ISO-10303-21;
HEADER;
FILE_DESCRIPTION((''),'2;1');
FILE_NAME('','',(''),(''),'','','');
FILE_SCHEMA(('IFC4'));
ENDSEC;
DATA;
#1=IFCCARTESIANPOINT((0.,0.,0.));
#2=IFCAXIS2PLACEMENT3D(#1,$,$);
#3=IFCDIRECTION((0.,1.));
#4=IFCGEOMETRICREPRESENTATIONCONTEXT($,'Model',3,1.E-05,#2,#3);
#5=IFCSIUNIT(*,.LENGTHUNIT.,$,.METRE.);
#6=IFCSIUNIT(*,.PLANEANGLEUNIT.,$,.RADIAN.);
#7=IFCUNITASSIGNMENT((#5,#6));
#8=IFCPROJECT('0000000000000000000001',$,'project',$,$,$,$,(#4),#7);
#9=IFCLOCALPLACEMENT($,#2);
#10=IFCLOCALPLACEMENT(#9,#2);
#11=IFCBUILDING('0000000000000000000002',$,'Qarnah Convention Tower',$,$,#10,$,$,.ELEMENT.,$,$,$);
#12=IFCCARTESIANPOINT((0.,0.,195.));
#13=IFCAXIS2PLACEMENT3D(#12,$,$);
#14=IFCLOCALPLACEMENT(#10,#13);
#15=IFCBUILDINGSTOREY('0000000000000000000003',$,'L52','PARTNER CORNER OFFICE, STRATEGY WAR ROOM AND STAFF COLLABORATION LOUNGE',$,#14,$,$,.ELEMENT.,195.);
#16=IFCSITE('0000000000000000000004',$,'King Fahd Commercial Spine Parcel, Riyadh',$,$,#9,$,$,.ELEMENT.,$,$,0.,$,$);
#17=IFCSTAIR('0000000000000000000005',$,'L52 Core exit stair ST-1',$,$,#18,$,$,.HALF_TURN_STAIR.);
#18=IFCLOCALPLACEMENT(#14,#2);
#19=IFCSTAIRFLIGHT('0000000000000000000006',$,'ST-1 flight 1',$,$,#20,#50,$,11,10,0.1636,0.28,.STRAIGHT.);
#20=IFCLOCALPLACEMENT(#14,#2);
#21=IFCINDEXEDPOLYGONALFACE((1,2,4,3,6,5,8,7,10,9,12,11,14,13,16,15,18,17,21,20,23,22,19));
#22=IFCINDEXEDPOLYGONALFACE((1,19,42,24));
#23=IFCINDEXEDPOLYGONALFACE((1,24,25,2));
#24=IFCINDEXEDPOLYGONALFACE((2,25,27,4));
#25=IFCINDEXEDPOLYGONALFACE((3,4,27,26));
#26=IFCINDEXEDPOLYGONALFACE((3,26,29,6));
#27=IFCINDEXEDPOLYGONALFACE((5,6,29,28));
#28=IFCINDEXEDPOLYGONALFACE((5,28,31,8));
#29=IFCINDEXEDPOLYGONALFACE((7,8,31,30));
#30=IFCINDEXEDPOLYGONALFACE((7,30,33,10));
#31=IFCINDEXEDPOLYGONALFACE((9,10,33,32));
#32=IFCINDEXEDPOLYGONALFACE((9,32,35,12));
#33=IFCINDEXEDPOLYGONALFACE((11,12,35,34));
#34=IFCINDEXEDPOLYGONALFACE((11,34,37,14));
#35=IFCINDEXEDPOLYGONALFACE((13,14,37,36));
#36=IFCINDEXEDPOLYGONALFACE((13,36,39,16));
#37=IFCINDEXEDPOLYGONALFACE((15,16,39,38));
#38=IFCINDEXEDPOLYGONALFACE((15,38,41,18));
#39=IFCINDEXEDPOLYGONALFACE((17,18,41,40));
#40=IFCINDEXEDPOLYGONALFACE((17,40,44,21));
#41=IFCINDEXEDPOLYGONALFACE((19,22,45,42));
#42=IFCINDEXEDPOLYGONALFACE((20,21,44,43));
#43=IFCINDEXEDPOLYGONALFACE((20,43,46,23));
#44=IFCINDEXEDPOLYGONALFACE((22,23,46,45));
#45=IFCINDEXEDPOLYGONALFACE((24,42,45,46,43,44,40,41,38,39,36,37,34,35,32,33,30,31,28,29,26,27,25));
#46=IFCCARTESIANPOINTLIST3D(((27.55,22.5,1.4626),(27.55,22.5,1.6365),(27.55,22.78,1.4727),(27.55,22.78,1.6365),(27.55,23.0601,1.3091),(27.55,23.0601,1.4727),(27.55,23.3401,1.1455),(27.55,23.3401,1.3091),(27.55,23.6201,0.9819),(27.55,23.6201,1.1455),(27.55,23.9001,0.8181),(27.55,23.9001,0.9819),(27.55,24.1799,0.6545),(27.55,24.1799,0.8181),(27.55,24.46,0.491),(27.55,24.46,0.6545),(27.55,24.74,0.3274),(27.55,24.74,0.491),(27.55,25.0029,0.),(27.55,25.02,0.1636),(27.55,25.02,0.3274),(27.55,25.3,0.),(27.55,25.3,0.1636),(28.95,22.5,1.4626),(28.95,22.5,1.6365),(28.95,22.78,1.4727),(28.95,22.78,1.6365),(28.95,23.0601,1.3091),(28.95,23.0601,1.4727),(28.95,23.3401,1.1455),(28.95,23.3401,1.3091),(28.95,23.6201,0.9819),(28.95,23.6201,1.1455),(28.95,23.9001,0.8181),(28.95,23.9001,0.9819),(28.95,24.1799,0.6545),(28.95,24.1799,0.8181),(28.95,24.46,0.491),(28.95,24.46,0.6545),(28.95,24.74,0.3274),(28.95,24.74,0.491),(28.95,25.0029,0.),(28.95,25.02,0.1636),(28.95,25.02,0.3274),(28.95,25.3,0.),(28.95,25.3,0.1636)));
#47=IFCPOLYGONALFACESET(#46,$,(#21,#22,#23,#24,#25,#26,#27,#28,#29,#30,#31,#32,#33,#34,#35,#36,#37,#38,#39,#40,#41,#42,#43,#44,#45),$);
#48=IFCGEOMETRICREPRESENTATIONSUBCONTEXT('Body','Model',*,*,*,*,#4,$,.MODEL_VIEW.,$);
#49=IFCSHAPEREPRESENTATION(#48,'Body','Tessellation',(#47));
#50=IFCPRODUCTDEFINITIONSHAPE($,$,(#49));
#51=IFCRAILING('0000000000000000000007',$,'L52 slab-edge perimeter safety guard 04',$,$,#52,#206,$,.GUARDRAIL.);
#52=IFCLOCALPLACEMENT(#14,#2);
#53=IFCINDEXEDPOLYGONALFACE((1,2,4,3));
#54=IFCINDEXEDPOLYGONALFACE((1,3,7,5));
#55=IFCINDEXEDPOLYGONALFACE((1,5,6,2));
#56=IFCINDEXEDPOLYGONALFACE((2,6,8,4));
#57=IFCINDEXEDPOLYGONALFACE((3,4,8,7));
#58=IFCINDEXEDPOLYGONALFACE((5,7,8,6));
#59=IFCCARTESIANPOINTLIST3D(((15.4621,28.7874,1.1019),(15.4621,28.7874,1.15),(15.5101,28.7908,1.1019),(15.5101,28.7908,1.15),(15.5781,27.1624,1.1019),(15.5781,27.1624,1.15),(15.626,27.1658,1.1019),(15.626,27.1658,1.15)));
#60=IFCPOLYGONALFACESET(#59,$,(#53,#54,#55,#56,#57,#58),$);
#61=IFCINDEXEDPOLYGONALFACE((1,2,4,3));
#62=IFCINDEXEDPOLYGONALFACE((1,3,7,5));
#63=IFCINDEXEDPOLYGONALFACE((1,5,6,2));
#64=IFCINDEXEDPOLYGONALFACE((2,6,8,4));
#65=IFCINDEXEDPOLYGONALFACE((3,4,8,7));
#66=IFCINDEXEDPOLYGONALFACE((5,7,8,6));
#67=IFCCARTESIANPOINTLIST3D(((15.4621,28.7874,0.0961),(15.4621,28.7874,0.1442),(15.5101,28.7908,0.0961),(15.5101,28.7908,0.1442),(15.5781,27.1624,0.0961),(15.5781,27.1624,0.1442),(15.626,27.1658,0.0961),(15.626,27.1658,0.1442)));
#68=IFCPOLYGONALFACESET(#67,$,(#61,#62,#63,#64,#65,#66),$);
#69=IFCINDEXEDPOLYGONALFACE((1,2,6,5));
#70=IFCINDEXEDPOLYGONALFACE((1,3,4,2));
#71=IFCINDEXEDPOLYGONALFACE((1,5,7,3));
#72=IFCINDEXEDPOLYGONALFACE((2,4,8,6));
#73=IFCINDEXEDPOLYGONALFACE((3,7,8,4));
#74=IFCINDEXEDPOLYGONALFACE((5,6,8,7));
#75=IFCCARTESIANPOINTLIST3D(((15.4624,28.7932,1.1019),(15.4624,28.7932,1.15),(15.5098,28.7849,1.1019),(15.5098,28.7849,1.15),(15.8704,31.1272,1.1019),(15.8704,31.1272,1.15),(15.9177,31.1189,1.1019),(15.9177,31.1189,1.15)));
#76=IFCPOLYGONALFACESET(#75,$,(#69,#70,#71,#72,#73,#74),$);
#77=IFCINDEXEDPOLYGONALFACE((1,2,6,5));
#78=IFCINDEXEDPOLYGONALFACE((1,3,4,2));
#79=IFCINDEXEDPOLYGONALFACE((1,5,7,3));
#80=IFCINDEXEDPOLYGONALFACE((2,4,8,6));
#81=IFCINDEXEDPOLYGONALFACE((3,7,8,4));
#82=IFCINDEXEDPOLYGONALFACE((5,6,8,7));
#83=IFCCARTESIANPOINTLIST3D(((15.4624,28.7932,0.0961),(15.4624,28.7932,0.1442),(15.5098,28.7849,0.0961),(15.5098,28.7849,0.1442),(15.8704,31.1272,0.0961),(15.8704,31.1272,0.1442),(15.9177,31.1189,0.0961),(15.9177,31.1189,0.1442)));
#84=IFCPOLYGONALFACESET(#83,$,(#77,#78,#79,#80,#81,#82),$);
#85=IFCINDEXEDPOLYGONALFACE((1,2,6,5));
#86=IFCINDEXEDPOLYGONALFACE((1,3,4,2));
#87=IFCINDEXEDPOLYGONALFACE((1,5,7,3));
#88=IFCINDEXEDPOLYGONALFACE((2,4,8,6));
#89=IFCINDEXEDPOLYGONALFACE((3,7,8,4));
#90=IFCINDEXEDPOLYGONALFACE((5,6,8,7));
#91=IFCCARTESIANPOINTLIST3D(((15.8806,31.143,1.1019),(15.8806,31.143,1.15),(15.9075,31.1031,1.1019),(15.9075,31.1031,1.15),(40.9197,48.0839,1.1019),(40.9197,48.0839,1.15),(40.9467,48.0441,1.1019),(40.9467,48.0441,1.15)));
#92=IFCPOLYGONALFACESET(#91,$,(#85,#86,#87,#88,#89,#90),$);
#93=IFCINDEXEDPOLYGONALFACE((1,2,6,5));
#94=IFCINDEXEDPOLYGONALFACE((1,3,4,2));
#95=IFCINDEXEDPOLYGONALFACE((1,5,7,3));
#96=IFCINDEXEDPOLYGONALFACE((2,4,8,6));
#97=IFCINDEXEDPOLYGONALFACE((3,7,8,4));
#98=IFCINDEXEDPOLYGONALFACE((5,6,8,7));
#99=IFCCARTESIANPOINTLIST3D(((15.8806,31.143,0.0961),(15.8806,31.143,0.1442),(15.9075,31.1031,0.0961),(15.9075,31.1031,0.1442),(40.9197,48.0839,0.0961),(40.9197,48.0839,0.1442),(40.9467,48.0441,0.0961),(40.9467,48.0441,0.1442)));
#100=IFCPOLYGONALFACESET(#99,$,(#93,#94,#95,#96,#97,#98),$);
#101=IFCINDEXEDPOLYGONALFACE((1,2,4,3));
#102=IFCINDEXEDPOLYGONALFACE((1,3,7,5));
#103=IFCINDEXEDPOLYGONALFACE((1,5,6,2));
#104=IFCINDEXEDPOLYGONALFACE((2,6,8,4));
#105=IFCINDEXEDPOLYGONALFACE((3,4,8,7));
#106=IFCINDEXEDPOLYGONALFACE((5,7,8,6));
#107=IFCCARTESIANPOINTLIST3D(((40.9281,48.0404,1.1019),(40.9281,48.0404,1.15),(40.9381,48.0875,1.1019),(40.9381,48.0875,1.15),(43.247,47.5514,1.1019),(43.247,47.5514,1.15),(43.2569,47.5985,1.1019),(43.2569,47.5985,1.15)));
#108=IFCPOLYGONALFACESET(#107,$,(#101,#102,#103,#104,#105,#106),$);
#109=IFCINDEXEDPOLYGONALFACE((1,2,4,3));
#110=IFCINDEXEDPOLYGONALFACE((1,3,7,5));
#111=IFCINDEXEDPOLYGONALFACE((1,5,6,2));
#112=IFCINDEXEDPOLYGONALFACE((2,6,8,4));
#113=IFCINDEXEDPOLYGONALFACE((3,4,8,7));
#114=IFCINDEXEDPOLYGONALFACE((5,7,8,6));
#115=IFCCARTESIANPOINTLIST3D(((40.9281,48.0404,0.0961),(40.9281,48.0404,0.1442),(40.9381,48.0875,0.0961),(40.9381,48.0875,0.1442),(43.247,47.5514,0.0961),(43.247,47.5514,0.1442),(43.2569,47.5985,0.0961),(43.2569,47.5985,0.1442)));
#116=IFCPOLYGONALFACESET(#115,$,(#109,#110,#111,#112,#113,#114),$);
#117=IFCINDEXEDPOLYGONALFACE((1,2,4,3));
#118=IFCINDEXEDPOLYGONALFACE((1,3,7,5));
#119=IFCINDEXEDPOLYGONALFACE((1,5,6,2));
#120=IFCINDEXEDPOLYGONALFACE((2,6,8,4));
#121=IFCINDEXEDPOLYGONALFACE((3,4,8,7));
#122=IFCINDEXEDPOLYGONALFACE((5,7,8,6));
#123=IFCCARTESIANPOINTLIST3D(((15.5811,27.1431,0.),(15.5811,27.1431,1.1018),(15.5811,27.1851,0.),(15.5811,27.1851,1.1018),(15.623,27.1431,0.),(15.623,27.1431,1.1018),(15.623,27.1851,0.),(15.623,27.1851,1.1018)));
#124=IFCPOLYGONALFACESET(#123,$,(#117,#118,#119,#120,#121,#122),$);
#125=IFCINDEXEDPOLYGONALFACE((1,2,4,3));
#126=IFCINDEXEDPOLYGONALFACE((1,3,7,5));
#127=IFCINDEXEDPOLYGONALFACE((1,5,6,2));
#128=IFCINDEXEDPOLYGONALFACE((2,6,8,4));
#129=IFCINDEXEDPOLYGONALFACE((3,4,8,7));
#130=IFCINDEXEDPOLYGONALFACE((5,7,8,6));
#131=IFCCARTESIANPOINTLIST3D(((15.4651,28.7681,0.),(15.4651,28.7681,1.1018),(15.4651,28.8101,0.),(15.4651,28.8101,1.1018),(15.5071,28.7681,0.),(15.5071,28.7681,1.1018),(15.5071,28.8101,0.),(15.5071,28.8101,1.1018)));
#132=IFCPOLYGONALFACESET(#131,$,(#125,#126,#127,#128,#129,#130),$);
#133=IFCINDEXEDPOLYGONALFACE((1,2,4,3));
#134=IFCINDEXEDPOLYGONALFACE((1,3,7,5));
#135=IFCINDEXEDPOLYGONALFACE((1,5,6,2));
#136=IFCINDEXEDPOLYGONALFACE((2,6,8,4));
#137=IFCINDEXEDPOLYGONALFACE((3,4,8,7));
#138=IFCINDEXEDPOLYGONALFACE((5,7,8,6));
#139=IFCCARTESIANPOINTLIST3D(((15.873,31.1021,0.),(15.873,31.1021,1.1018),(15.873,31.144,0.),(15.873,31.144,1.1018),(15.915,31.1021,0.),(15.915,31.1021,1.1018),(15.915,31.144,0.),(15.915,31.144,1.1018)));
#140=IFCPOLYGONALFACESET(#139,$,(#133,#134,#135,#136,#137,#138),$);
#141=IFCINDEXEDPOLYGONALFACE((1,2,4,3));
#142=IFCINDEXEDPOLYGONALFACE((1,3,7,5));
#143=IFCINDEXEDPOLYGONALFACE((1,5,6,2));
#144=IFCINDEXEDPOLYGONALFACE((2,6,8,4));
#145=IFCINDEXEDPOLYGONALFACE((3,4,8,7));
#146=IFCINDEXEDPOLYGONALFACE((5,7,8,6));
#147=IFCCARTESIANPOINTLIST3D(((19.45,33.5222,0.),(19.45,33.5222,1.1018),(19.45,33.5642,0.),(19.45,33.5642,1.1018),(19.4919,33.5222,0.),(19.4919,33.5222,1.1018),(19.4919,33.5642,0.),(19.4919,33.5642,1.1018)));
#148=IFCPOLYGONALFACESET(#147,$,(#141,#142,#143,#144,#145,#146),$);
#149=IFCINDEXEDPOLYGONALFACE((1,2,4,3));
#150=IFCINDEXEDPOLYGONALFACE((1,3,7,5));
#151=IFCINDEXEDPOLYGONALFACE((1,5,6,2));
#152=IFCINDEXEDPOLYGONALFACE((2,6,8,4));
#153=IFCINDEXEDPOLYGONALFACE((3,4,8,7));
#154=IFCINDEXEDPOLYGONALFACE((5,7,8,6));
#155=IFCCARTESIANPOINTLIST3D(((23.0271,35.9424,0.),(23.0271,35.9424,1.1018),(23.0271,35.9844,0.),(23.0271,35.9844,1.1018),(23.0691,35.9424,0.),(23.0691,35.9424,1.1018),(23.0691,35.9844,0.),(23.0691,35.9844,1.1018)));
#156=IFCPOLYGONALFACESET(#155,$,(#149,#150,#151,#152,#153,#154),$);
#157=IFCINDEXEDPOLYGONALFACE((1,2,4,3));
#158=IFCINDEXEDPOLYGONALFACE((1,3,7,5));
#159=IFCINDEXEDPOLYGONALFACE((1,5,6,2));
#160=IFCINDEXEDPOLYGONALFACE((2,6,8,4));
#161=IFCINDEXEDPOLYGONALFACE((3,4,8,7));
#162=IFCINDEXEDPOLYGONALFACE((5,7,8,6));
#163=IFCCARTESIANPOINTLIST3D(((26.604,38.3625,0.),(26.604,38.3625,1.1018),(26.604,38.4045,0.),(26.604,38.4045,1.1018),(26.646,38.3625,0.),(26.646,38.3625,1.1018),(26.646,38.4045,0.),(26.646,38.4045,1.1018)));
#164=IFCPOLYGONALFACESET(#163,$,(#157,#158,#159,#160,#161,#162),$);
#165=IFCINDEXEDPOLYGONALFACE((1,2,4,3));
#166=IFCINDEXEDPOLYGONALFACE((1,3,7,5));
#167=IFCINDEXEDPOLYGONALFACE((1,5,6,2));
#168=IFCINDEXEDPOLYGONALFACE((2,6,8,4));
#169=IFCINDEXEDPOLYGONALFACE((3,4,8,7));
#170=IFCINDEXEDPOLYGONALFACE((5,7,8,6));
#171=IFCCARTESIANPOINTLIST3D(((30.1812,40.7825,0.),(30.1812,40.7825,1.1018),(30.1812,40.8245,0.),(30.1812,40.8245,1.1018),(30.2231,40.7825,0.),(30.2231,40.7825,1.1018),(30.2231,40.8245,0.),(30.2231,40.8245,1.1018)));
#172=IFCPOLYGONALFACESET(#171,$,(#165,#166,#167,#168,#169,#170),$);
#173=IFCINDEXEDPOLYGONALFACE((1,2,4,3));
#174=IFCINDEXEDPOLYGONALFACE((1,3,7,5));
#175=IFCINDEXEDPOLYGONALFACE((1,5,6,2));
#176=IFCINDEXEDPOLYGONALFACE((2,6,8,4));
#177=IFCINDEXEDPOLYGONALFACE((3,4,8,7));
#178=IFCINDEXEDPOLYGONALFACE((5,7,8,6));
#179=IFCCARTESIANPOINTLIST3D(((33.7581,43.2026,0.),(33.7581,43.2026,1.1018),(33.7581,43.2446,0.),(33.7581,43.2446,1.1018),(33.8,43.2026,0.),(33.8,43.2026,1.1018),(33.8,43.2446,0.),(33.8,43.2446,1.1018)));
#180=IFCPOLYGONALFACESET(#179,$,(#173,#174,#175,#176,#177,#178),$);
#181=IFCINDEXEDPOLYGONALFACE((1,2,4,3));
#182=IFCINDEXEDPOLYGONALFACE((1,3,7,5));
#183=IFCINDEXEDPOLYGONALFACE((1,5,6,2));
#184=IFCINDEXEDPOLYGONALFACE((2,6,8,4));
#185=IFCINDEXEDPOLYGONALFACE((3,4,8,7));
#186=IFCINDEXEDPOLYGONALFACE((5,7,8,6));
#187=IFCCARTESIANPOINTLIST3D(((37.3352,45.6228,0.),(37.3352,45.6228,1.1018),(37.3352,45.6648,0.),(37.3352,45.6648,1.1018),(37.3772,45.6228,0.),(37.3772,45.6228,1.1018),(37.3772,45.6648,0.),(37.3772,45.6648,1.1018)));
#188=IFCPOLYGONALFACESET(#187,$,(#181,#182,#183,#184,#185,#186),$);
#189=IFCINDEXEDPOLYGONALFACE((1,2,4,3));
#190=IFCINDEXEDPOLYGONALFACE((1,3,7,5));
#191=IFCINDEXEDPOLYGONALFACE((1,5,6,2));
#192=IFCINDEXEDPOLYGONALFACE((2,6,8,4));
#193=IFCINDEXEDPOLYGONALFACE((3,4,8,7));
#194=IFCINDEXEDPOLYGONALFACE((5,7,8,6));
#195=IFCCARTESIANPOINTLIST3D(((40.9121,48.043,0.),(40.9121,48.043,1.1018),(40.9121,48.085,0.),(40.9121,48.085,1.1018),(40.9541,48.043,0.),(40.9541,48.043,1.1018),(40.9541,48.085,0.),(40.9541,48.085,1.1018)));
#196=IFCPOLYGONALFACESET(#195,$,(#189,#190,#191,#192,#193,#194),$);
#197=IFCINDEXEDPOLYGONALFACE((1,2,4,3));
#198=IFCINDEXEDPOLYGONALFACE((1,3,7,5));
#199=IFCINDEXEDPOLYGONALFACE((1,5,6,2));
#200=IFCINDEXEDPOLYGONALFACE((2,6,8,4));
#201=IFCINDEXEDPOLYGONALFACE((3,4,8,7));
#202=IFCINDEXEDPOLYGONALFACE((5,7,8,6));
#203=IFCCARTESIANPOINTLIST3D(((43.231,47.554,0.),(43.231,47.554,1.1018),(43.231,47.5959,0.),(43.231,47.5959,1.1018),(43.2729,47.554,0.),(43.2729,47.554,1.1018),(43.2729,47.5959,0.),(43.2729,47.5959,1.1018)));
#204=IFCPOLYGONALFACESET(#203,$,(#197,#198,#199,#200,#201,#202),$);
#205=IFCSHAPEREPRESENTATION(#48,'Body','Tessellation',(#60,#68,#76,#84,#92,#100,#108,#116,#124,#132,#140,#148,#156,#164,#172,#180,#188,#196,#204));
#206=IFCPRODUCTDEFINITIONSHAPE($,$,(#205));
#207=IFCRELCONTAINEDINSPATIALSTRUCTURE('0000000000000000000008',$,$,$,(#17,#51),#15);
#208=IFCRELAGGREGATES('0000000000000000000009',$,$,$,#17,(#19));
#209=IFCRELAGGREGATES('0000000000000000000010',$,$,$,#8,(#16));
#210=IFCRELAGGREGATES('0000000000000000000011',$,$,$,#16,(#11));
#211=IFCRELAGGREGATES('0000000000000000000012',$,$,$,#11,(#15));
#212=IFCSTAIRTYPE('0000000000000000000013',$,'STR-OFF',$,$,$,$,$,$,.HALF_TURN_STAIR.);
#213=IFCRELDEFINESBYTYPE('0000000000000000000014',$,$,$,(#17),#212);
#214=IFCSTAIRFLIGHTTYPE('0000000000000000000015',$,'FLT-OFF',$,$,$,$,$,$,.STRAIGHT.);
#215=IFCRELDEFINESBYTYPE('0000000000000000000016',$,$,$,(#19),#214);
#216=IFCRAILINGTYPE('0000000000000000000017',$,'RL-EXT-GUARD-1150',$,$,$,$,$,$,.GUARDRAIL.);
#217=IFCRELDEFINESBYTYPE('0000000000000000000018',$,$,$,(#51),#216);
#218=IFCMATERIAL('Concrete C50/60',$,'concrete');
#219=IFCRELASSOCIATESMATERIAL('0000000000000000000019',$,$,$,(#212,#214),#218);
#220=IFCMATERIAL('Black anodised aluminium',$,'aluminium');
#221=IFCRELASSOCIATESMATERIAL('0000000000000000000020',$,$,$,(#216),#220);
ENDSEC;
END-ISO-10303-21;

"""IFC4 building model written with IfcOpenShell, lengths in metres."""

from ifc_helpers import new_model, si_unit, direction, frame, origin, origin_2d, place, context, subcontext, project, spatial, polyline, rectangle, outline, extrude, material, type_object, element, aggregate, save


model = new_model("IFC4")

# Units and contexts
model_context = context("Model", 3, precision=1e-05, world=origin(), true_north=direction((0.0, 1.0)))
body_context = subcontext(model_context, "Body", "Model", "MODEL_VIEW")
ifc_project = project(units=[si_unit("LENGTHUNIT", "METRE"), si_unit("PLANEANGLEUNIT", "RADIAN")], contexts=[model_context])

# Site, building, storey
site_placement = place(None, origin())
site = spatial("IfcSite", under=ifc_project, at=site_placement, Name="King Fahd Commercial Spine Parcel, Riyadh", CompositionType="ELEMENT", RefElevation=0.0)
building_placement = place(site_placement, origin())
building = spatial("IfcBuilding", under=site, at=building_placement, Name="Qarnah Convention Tower", CompositionType="ELEMENT")
storey_placement = place(building_placement, frame((0.0, 0.0, 195.0)))
storey = spatial("IfcBuildingStorey", under=building, at=storey_placement, Name="L52", Description="PARTNER CORNER OFFICE, STRATEGY WAR ROOM AND STAFF COLLABORATION LOUNGE", CompositionType="ELEMENT", Elevation=195.0)

# Shared definitions
ifc_material_1 = material(Name="Concrete C50/60", Category="concrete")

# Shared definitions
ifc_material_2 = material(Name="Black anodised aluminium", Category="aluminium")

# Stair, stair flight
stair_type = type_object("IfcStairType", Name="STR-OFF", PredefinedType="HALF_TURN_STAIR", material=ifc_material_1)
stair_placement = place(storey_placement, origin())
stair = element("IfcStair", 1, at=stair_placement, inside=storey, type_object=stair_type, Name="L52 Core exit stair ST-1", PredefinedType="HALF_TURN_STAIR")
stair_flight_type = type_object("IfcStairFlightType", Name="FLT-OFF", PredefinedType="STRAIGHT", material=ifc_material_1)
stair_flight_placement = place(storey_placement, frame((28.25, 25.3, 0.0), z_axis=(0.0, 0.0, 1.0), x_axis=(0.0, -1.0, 0.0)))
stair_flight = element("IfcStairFlight", 2, at=stair_flight_placement, type_object=stair_flight_type, Name="ST-1 flight 1", NumberOfRisers=11, NumberOfTreads=10, PredefinedType="STRAIGHT", RiserHeight=0.1636, TreadLength=0.28, context=body_context, shape_type="SweptSolid", body=[
    extrude(outline(polyline([(0.0, 0.0), (0.0, 0.1636), (0.28, 0.1636), (0.28, 0.3274), (0.5601, 0.3274), (0.5601, 0.491), (0.8401, 0.491), (0.8401, 0.6545), (1.1201, 0.6545), (1.1201, 0.8181), (1.3999, 0.8181), (1.3999, 0.9819), (1.6799, 0.9819), (1.6799, 1.1455), (1.96, 1.1455), (1.96, 1.3091), (2.24, 1.3091), (2.24, 1.4727), (2.52, 1.4727), (2.52, 1.6365), (2.8, 1.6365), (2.8, 1.8), (2.8, 1.4626), (0.2971, 0.0), (0.0, 0.0)])), frame((0.0, 0.7, 0.0), z_axis=(0.0, -1.0, 0.0), x_axis=(1.0, 0.0, 0.0)), (0.0, 0.0, 1.0), 1.3999),
])
aggregate(stair, [stair_flight])

# Railing
railing_type = type_object("IfcRailingType", Name="RL-EXT-GUARD-1150", PredefinedType="GUARDRAIL", material=ifc_material_2)
railing_placement = place(storey_placement, frame((15.6021, 27.1641, 0.0)))
element("IfcRailing", 3, at=railing_placement, inside=storey, type_object=railing_type, Name="L52 slab-edge perimeter safety guard 04", PredefinedType="GUARDRAIL", context=body_context, shape_type="SweptSolid", body=[
    extrude(rectangle(XDim=0.0481, YDim=0.0481, at=origin_2d()), frame((0.0, 0.0, 1.126), z_axis=(-0.071183, 0.997463, 0.0), x_axis=(-0.997463, -0.071183, 0.0)), (0.0, 0.0, 1.0), 1.6292),
    extrude(rectangle(XDim=0.0481, YDim=0.0481, at=origin_2d()), frame((0.0, 0.0, 0.1201), z_axis=(-0.071183, 0.997463, 0.0), x_axis=(-0.997463, -0.071183, 0.0)), (0.0, 0.0, 1.0), 1.6292),
    extrude(rectangle(XDim=0.0481, YDim=0.0481, at=origin_2d()), frame((-0.116, 1.625, 1.126), z_axis=(0.17218, 0.985065, 0.0), x_axis=(-0.985065, 0.17218, 0.0)), (0.0, 0.0, 1.0), 2.3694),
    extrude(rectangle(XDim=0.0481, YDim=0.0481, at=origin_2d()), frame((-0.116, 1.625, 0.1201), z_axis=(0.17218, 0.985065, 0.0), x_axis=(-0.985065, 0.17218, 0.0)), (0.0, 0.0, 1.0), 2.3694),
    extrude(rectangle(XDim=0.0481, YDim=0.0481, at=origin_2d()), frame((0.292, 3.959, 1.126), z_axis=(0.828242, 0.560371, 0.0), x_axis=(-0.560371, 0.828242, 0.0)), (0.0, 0.0, 1.0), 30.2317),
    extrude(rectangle(XDim=0.0481, YDim=0.0481, at=origin_2d()), frame((0.292, 3.959, 0.1201), z_axis=(0.828242, 0.560371, 0.0), x_axis=(-0.560371, 0.828242, 0.0)), (0.0, 0.0, 1.0), 30.2317),
    extrude(rectangle(XDim=0.0481, YDim=0.0481, at=origin_2d()), frame((25.3311, 20.8999, 1.126), z_axis=(0.978479, -0.206348, 0.0), x_axis=(0.206348, 0.978479, 0.0)), (0.0, 0.0, 1.0), 2.3699),
    extrude(rectangle(XDim=0.0481, YDim=0.0481, at=origin_2d()), frame((25.3311, 20.8999, 0.1201), z_axis=(0.978479, -0.206348, 0.0), x_axis=(0.206348, 0.978479, 0.0)), (0.0, 0.0, 1.0), 2.3699),
    extrude(rectangle(XDim=0.042, YDim=0.042, at=origin_2d()), origin(), (0.0, 0.0, 1.0), 1.1018),
    extrude(rectangle(XDim=0.042, YDim=0.042, at=origin_2d()), frame((-0.116, 1.625, 0.0)), (0.0, 0.0, 1.0), 1.1018),
    extrude(rectangle(XDim=0.042, YDim=0.042, at=origin_2d()), frame((0.292, 3.959, 0.0)), (0.0, 0.0, 1.0), 1.1018),
    extrude(rectangle(XDim=0.042, YDim=0.042, at=origin_2d()), frame((3.8689, 6.3792, 0.0)), (0.0, 0.0, 1.0), 1.1018),
    extrude(rectangle(XDim=0.042, YDim=0.042, at=origin_2d()), frame((7.446, 8.7993, 0.0)), (0.0, 0.0, 1.0), 1.1018),
    extrude(rectangle(XDim=0.042, YDim=0.042, at=origin_2d()), frame((11.0229, 11.2195, 0.0)), (0.0, 0.0, 1.0), 1.1018),
    extrude(rectangle(XDim=0.042, YDim=0.042, at=origin_2d()), frame((14.6001, 13.6394, 0.0)), (0.0, 0.0, 1.0), 1.1018),
    extrude(rectangle(XDim=0.042, YDim=0.042, at=origin_2d()), frame((18.177, 16.0596, 0.0)), (0.0, 0.0, 1.0), 1.1018),
    extrude(rectangle(XDim=0.042, YDim=0.042, at=origin_2d()), frame((21.7542, 18.4797, 0.0)), (0.0, 0.0, 1.0), 1.1018),
    extrude(rectangle(XDim=0.042, YDim=0.042, at=origin_2d()), frame((25.3311, 20.8999, 0.0)), (0.0, 0.0, 1.0), 1.1018),
    extrude(rectangle(XDim=0.042, YDim=0.042, at=origin_2d()), frame((27.6499, 20.4109, 0.0)), (0.0, 0.0, 1.0), 1.1018),
])

save(model, "model.ifc")
